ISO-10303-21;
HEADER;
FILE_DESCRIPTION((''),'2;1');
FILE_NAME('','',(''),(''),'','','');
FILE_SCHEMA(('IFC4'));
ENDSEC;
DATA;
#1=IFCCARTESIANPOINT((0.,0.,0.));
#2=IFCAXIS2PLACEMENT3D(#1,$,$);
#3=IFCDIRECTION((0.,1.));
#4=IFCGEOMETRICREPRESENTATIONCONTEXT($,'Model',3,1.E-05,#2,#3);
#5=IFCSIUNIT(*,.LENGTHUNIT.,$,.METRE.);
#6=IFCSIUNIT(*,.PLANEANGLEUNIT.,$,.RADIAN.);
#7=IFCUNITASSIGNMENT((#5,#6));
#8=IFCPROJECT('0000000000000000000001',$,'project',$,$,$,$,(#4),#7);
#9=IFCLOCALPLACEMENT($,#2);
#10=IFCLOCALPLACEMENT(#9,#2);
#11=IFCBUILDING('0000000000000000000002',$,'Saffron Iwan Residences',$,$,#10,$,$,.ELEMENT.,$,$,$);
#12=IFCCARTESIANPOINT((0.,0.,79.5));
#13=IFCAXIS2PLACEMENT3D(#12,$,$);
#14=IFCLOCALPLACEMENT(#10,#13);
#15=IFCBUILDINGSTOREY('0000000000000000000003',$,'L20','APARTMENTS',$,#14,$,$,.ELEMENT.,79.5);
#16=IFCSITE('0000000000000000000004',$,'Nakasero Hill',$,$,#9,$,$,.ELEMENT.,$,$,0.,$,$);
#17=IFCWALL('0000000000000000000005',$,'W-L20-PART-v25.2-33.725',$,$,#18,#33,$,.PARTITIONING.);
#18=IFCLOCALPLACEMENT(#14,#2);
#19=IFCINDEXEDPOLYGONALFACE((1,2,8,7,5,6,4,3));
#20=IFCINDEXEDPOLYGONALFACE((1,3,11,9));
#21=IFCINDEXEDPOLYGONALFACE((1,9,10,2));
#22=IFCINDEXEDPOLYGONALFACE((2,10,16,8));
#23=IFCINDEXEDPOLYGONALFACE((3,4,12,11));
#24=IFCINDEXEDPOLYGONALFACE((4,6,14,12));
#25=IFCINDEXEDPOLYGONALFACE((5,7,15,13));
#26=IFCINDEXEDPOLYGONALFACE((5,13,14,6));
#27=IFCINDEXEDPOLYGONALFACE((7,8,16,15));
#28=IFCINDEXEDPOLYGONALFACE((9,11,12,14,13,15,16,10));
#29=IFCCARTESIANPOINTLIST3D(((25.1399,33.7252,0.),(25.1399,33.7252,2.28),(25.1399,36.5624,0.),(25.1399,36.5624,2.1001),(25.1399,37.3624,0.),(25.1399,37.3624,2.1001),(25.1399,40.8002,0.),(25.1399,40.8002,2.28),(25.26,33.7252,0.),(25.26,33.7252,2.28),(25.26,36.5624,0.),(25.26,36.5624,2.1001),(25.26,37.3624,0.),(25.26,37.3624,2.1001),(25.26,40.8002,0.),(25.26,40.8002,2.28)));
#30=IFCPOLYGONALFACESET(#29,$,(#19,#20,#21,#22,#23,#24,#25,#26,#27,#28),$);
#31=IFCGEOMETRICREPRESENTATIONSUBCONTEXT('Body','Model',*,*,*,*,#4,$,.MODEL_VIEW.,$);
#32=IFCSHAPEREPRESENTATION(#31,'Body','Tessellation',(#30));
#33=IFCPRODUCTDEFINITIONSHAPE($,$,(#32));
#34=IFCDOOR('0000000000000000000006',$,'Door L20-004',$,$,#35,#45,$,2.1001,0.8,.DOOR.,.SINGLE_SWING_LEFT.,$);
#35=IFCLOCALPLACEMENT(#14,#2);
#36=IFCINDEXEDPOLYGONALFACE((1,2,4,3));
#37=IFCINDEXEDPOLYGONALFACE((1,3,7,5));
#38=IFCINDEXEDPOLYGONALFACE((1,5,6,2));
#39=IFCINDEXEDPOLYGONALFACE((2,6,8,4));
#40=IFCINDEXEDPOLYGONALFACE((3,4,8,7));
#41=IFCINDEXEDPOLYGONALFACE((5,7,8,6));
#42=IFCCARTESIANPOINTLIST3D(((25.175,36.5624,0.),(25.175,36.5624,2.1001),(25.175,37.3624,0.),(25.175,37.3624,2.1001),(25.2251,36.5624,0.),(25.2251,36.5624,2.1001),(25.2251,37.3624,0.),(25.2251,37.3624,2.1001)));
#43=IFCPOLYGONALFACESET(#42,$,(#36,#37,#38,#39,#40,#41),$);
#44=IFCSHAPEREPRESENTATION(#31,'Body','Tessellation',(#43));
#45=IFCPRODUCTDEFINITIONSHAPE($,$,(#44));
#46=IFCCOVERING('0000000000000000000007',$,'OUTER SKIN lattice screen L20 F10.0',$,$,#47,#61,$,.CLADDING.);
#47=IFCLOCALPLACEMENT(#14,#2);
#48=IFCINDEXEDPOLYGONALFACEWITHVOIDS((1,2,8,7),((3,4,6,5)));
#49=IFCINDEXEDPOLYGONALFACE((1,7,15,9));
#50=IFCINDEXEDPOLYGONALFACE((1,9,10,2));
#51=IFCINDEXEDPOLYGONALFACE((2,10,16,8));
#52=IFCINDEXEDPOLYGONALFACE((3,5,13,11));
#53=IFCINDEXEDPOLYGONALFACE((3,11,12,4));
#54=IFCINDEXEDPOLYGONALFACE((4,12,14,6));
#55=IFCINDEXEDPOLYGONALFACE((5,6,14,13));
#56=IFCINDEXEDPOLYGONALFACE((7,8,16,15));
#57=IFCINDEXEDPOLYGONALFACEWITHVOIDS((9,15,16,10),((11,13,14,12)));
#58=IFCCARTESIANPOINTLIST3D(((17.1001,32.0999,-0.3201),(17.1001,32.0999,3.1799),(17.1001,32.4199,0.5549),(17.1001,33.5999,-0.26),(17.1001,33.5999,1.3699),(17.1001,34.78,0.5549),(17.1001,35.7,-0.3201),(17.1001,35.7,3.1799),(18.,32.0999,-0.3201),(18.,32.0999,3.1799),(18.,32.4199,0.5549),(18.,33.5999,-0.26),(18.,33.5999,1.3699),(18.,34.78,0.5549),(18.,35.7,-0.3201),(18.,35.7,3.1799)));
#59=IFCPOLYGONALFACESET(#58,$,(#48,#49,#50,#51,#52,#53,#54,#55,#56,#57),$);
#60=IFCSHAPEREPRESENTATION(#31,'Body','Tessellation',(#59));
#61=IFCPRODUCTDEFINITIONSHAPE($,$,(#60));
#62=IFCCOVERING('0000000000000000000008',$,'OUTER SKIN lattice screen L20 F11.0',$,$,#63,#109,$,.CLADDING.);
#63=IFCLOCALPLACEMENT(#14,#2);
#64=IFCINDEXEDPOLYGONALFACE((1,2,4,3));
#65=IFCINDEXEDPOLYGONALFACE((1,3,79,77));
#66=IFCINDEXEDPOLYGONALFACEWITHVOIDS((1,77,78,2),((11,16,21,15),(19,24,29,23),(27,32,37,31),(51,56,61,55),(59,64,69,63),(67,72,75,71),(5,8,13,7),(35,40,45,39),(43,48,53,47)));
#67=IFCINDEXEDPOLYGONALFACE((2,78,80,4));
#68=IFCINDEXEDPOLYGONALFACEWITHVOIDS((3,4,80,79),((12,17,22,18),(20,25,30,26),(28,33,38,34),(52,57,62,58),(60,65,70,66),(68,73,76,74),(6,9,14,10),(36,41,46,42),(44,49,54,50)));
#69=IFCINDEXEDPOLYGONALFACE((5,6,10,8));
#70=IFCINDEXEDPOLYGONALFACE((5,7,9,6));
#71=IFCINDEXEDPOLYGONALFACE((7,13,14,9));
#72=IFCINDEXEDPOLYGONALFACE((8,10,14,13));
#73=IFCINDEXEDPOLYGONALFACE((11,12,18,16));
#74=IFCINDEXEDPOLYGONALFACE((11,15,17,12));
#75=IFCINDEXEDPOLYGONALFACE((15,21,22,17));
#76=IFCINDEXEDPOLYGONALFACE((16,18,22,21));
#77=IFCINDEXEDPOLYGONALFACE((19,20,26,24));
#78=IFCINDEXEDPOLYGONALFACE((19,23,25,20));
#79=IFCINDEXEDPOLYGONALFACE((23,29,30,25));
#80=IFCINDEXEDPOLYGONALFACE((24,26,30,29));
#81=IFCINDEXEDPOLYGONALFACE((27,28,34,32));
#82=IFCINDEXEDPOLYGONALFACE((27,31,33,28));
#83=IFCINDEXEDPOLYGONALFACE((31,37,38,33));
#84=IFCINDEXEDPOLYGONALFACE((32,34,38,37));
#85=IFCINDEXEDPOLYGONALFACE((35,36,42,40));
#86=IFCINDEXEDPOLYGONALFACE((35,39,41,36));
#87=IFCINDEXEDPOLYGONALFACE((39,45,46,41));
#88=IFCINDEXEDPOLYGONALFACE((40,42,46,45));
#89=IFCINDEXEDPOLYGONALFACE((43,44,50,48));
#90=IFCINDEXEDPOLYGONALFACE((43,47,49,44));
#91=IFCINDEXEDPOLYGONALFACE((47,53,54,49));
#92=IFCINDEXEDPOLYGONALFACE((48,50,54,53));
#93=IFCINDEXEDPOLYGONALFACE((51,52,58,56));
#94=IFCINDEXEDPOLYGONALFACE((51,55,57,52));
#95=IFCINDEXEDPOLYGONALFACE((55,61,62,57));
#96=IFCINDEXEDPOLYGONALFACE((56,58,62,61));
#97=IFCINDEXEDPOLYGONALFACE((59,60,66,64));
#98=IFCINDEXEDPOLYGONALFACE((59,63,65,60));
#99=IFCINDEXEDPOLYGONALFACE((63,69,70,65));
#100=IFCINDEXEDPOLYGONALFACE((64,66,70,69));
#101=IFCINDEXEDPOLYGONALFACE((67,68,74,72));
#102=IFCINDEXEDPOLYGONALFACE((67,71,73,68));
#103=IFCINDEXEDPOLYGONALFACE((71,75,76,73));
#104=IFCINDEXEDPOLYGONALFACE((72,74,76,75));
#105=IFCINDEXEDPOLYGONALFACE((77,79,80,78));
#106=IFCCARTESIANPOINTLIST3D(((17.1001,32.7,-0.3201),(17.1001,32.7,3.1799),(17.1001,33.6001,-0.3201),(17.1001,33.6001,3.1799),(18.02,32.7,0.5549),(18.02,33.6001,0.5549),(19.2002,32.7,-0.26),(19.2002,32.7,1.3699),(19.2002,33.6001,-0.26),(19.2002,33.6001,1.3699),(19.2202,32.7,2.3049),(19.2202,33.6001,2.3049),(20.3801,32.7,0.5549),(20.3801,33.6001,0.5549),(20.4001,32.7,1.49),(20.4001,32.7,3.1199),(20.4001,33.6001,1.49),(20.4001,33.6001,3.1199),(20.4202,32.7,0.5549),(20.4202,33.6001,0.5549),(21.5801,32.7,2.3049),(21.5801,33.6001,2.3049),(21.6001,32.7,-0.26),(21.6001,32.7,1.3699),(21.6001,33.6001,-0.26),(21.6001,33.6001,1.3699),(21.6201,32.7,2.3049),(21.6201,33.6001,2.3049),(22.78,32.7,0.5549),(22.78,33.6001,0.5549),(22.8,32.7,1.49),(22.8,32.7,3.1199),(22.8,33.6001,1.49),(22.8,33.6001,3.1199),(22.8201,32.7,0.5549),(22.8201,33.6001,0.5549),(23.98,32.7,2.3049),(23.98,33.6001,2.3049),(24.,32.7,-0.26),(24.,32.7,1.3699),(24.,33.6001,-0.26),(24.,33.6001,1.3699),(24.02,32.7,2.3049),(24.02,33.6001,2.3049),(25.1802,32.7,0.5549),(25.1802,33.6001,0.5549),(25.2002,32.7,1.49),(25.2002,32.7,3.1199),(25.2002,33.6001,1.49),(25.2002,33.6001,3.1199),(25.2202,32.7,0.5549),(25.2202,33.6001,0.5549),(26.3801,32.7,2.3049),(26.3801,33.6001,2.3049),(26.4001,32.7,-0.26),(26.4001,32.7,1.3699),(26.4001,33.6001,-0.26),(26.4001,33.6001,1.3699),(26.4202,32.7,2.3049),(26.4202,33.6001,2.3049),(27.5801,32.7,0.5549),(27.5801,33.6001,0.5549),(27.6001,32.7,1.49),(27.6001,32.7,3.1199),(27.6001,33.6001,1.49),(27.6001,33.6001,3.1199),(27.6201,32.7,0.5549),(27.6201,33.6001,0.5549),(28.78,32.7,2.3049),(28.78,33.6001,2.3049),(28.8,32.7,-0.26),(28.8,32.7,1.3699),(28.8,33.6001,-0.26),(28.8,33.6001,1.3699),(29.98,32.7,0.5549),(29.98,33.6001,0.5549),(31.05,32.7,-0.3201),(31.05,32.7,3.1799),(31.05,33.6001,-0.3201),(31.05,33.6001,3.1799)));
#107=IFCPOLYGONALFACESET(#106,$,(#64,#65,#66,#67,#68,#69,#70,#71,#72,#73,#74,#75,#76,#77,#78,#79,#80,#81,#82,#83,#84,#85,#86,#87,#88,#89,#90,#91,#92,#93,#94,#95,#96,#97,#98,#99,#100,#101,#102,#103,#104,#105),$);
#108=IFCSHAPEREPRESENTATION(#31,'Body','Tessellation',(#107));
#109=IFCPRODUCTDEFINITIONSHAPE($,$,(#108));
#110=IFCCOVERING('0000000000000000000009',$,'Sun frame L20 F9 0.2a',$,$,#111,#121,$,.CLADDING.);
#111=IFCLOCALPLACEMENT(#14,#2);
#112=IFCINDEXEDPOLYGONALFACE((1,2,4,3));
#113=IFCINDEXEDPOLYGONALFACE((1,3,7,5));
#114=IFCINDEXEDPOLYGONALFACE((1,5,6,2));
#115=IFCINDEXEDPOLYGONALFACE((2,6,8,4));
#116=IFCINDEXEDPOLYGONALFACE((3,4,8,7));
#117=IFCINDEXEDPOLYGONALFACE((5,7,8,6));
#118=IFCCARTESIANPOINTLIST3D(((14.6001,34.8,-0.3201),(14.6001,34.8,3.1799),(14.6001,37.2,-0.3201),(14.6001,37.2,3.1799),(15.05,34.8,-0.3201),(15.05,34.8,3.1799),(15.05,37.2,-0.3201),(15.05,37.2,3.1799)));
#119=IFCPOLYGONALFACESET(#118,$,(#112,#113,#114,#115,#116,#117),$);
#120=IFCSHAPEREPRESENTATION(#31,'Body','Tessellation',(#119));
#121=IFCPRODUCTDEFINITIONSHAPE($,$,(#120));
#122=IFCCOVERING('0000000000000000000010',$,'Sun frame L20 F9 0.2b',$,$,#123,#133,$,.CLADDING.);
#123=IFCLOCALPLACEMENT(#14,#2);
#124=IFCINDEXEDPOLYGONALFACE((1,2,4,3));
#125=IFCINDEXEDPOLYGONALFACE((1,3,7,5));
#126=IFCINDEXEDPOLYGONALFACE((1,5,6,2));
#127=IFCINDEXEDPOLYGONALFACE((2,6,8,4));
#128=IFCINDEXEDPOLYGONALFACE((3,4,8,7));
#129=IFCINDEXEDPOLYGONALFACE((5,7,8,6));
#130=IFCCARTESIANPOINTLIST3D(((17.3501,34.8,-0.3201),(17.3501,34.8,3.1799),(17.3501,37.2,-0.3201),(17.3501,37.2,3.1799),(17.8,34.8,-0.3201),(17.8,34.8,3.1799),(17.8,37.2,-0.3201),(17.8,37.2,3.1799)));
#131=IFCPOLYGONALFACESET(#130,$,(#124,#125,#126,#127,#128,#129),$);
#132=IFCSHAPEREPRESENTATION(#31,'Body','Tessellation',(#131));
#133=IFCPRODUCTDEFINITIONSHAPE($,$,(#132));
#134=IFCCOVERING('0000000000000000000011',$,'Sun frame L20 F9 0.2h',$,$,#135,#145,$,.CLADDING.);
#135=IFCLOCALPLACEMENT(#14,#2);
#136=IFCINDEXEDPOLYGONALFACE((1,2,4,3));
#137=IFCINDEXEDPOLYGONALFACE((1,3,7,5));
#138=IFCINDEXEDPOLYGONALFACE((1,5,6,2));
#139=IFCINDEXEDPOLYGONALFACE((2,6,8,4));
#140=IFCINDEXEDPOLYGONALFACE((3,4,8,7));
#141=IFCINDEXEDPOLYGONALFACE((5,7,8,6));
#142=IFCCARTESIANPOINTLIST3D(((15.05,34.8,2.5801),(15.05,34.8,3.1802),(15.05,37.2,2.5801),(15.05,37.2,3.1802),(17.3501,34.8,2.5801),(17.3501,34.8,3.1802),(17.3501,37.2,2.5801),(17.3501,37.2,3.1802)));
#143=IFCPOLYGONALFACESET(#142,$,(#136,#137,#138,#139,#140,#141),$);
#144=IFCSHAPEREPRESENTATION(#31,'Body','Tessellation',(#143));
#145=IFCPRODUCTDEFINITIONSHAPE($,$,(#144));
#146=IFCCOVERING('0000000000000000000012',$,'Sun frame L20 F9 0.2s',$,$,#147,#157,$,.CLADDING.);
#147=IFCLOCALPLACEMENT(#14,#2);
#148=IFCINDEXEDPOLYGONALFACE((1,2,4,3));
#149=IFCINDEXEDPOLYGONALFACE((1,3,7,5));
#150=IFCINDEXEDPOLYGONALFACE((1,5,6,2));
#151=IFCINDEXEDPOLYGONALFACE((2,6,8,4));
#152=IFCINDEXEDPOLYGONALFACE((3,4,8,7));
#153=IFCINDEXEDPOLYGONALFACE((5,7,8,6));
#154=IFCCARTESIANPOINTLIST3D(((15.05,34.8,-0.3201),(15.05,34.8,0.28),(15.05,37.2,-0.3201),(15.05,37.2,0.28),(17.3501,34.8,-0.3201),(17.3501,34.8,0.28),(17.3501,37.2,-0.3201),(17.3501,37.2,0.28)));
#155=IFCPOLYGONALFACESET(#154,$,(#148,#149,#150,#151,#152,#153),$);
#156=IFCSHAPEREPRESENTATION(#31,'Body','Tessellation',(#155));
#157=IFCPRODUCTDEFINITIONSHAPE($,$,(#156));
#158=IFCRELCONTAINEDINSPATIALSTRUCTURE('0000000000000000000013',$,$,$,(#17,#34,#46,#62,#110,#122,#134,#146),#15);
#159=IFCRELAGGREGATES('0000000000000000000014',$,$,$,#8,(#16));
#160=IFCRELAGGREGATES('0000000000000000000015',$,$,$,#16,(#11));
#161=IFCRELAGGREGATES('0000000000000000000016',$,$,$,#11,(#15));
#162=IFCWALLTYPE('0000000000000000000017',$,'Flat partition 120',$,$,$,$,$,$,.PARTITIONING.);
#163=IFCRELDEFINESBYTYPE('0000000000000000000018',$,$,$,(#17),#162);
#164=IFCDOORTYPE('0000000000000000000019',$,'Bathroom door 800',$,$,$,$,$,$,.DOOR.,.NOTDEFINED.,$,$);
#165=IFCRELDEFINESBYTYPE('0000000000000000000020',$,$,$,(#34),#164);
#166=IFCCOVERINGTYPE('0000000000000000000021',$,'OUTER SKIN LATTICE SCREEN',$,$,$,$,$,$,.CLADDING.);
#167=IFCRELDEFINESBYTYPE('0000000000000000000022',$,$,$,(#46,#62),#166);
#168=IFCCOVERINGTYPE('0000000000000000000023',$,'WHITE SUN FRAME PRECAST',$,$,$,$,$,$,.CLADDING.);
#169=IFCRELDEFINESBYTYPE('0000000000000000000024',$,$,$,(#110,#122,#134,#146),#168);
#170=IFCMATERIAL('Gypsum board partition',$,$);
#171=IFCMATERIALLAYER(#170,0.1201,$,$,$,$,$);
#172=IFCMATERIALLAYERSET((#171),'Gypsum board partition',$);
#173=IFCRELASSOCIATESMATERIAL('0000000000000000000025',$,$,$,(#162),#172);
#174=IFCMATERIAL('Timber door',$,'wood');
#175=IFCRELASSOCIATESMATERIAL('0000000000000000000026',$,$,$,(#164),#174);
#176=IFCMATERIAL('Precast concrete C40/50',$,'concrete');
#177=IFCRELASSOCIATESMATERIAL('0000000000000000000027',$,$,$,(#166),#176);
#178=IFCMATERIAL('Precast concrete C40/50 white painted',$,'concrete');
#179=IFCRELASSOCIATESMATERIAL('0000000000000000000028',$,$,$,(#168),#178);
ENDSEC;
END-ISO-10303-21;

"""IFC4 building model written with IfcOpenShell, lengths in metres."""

from ifc_helpers import new_model, si_unit, direction, frame, frame_2d, origin, place, context, subcontext, project, spatial, polyline, rectangle, outline, extrude, material, layer, layer_set, type_object, element, fill, save


model = new_model("IFC4")

# Units and contexts
model_context = context("Model", 3, precision=1e-05, world=origin(), true_north=direction((0.0, 1.0)))
body_context = subcontext(model_context, "Body", "Model", "MODEL_VIEW")
ifc_project = project(units=[si_unit("LENGTHUNIT", "METRE"), si_unit("PLANEANGLEUNIT", "RADIAN")], contexts=[model_context])

# Site, building, storey
site_placement = place(None, origin())
site = spatial("IfcSite", under=ifc_project, at=site_placement, Name="Nakasero Hill", CompositionType="ELEMENT", RefElevation=0.0)
building_placement = place(site_placement, origin())
building = spatial("IfcBuilding", under=site, at=building_placement, Name="Saffron Iwan Residences", CompositionType="ELEMENT")
storey_placement = place(building_placement, frame((0.0, 0.0, 79.5)))
storey = spatial("IfcBuildingStorey", under=building, at=storey_placement, Name="L20", Description="APARTMENTS", CompositionType="ELEMENT", Elevation=79.5)

# Shared definitions
ifc_material_1 = material(Name="Gypsum board partition")
ifc_layer_1 = layer(ifc_material_1, 0.1201)
ifc_layer_set_1 = layer_set([ifc_layer_1], Name="Gypsum board partition")
wall_type_1 = type_object("IfcWallType", Name="Flat partition 120", PredefinedType="PARTITIONING", material=ifc_layer_set_1)
ifc_material_2 = material(Name="Timber door", Category="wood")

# Wall, opening, door
wall_1_placement = place(storey_placement, frame((25.2, 33.7251, 0.0), z_axis=(0.0, 0.0, 1.0), x_axis=(0.0, 1.0, 0.0)))
wall_1 = element("IfcWall", 1, at=wall_1_placement, inside=storey, type_object=wall_type_1, Name="W-L20-PART-v25.2-33.725", PredefinedType="PARTITIONING", context=body_context, shape_type="SweptSolid", body=[
    extrude(rectangle(XDim=7.075, YDim=0.1201, at=frame_2d((3.5376, 0.0))), origin(), (0.0, 0.0, 1.0), 2.28),
])
opening_1_placement = place(wall_1_placement, frame((2.8374, 0.0, 0.0)))
opening_1 = element("IfcOpeningElement", 2, at=opening_1_placement, cuts=wall_1, PredefinedType="OPENING", context=body_context, shape_type="SweptSolid", body=[
    extrude(rectangle(XDim=0.8, YDim=2.1001, at=frame_2d((0.3999, 1.05))), frame((0.0, 0.0701, 0.0), z_axis=(0.0, -1.0, 0.0), x_axis=(1.0, 0.0, 0.0)), (0.0, 0.0, 1.0), 0.1401),
])
door_type_1 = type_object("IfcDoorType", Name="Bathroom door 800", OperationType="NOTDEFINED", PredefinedType="DOOR", material=ifc_material_2)
door_1_placement = place(opening_1_placement, origin())
door_1 = element("IfcDoor", 3, at=door_1_placement, inside=storey, type_object=door_type_1, Name="Door L20-004", OperationType="SINGLE_SWING_LEFT", OverallHeight=2.1001, OverallWidth=0.8, PredefinedType="DOOR", context=body_context, shape_type="SweptSolid", body=[
    extrude(rectangle(XDim=0.8, YDim=2.1001, at=frame_2d((0.3999, 1.05))), frame((0.0, 0.0249, 0.0), z_axis=(0.0, -1.0, 0.0), x_axis=(1.0, 0.0, 0.0)), (0.0, 0.0, 1.0), 0.05),
])
fill(opening_1, door_1)

# Coverings
ifc_material_3 = material(Name="Precast concrete C40/50", Category="concrete")
covering_type_1 = type_object("IfcCoveringType", Name="OUTER SKIN LATTICE SCREEN", PredefinedType="CLADDING", material=ifc_material_3)
covering_1_placement = place(storey_placement, frame((18.0, 35.7, -0.3201), z_axis=(-1.0, 0.0, 0.0), x_axis=(0.0, -1.0, 0.0)))
element("IfcCovering", 4, at=covering_1_placement, inside=storey, type_object=covering_type_1, Name="OUTER SKIN lattice screen L20 F10.0", PredefinedType="CLADDING", context=body_context, shape_type="SweptSolid", body=[
    extrude(outline(polyline([(0.0, 0.0), (3.6001, 0.0), (3.6001, 3.5), (0.0, 3.5), (0.0, 0.0)]), holes=[polyline([(0.9199, 0.875), (2.1001, 0.0601), (3.28, 0.875), (2.1001, 1.6899), (0.9199, 0.875)])]), origin(), (0.0, 0.0, 1.0), 0.8999),
])
covering_2_placement = place(storey_placement, frame((17.1001, 33.6001, -0.3201), z_axis=(0.0, -1.0, 0.0), x_axis=(1.0, 0.0, 0.0)))
element("IfcCovering", 5, at=covering_2_placement, inside=storey, type_object=covering_type_1, Name="OUTER SKIN lattice screen L20 F11.0", PredefinedType="CLADDING", context=body_context, shape_type="SweptSolid", body=[
    extrude(outline(polyline([(0.0, 0.0), (13.95, 0.0), (13.95, 3.5), (0.0, 3.5), (0.0, 0.0)]), holes=[polyline([(0.9199, 0.875), (2.1001, 0.0601), (3.28, 0.875), (2.1001, 1.6899), (0.9199, 0.875)]), polyline([(3.3201, 0.875), (4.5, 0.0601), (5.6799, 0.875), (4.5, 1.6899), (3.3201, 0.875)]), polyline([(5.72, 0.875), (6.8999, 0.0601), (8.0801, 0.875), (6.8999, 1.6899), (5.72, 0.875)]), polyline([(8.1201, 0.875), (9.3, 0.0601), (10.48, 0.875), (9.3, 1.6899), (8.1201, 0.875)]), polyline([(10.52, 0.875), (11.7, 0.0601), (12.8799, 0.875), (11.7, 1.6899), (10.52, 0.875)]), polyline([(2.1201, 2.625), (3.3, 1.8101), (4.48, 2.625), (3.3, 3.4399), (2.1201, 2.625)]), polyline([(4.52, 2.625), (5.7, 1.8101), (6.8799, 2.625), (5.7, 3.4399), (4.52, 2.625)]), polyline([(6.9199, 2.625), (8.1001, 1.8101), (9.28, 2.625), (8.1001, 3.4399), (6.9199, 2.625)]), polyline([(9.3201, 2.625), (10.5, 1.8101), (11.6799, 2.625), (10.5, 3.4399), (9.3201, 2.625)])]), origin(), (0.0, 0.0, 1.0), 0.9001),
])
ifc_material_4 = material(Name="Precast concrete C40/50 white painted", Category="concrete")
covering_type_2 = type_object("IfcCoveringType", Name="WHITE SUN FRAME PRECAST", PredefinedType="CLADDING", material=ifc_material_4)
for number, where, z_axis, x_axis, name in (
    (6, (14.6001, 37.2, -0.3201), (0.0, -1.0, 0.0), (1.0, 0.0, 0.0), "Sun frame L20 F9 0.2a"),
    (7, (17.3501, 37.2, -0.3201), (0.0, -1.0, 0.0), (1.0, 0.0, 0.0), "Sun frame L20 F9 0.2b"),
):
    element("IfcCovering", number, at=place(storey_placement, frame(where, z_axis=z_axis, x_axis=x_axis)), inside=storey, type_object=covering_type_2, Name=name, PredefinedType="CLADDING", context=body_context, shape_type="SweptSolid", body=[
        extrude(outline(polyline([(0.0, 0.0), (0.45, 0.0), (0.45, 3.5), (0.0, 3.5), (0.0, 0.0)])), origin(), (0.0, 0.0, 1.0), 2.3999),
    ])
for number, where, z_axis, x_axis, name in (
    (8, (15.05, 37.2, 2.5801), (0.0, -1.0, 0.0), (1.0, 0.0, 0.0), "Sun frame L20 F9 0.2h"),
    (9, (15.05, 37.2, -0.3201), (0.0, -1.0, 0.0), (1.0, 0.0, 0.0), "Sun frame L20 F9 0.2s"),
):
    element("IfcCovering", number, at=place(storey_placement, frame(where, z_axis=z_axis, x_axis=x_axis)), inside=storey, type_object=covering_type_2, Name=name, PredefinedType="CLADDING", context=body_context, shape_type="SweptSolid", body=[
        extrude(outline(polyline([(0.0, 0.0), (2.3, 0.0), (2.3, 0.6001), (0.0, 0.6001), (0.0, 0.0)])), origin(), (0.0, 0.0, 1.0), 2.3999),
    ])

save(model, "model.ifc")
